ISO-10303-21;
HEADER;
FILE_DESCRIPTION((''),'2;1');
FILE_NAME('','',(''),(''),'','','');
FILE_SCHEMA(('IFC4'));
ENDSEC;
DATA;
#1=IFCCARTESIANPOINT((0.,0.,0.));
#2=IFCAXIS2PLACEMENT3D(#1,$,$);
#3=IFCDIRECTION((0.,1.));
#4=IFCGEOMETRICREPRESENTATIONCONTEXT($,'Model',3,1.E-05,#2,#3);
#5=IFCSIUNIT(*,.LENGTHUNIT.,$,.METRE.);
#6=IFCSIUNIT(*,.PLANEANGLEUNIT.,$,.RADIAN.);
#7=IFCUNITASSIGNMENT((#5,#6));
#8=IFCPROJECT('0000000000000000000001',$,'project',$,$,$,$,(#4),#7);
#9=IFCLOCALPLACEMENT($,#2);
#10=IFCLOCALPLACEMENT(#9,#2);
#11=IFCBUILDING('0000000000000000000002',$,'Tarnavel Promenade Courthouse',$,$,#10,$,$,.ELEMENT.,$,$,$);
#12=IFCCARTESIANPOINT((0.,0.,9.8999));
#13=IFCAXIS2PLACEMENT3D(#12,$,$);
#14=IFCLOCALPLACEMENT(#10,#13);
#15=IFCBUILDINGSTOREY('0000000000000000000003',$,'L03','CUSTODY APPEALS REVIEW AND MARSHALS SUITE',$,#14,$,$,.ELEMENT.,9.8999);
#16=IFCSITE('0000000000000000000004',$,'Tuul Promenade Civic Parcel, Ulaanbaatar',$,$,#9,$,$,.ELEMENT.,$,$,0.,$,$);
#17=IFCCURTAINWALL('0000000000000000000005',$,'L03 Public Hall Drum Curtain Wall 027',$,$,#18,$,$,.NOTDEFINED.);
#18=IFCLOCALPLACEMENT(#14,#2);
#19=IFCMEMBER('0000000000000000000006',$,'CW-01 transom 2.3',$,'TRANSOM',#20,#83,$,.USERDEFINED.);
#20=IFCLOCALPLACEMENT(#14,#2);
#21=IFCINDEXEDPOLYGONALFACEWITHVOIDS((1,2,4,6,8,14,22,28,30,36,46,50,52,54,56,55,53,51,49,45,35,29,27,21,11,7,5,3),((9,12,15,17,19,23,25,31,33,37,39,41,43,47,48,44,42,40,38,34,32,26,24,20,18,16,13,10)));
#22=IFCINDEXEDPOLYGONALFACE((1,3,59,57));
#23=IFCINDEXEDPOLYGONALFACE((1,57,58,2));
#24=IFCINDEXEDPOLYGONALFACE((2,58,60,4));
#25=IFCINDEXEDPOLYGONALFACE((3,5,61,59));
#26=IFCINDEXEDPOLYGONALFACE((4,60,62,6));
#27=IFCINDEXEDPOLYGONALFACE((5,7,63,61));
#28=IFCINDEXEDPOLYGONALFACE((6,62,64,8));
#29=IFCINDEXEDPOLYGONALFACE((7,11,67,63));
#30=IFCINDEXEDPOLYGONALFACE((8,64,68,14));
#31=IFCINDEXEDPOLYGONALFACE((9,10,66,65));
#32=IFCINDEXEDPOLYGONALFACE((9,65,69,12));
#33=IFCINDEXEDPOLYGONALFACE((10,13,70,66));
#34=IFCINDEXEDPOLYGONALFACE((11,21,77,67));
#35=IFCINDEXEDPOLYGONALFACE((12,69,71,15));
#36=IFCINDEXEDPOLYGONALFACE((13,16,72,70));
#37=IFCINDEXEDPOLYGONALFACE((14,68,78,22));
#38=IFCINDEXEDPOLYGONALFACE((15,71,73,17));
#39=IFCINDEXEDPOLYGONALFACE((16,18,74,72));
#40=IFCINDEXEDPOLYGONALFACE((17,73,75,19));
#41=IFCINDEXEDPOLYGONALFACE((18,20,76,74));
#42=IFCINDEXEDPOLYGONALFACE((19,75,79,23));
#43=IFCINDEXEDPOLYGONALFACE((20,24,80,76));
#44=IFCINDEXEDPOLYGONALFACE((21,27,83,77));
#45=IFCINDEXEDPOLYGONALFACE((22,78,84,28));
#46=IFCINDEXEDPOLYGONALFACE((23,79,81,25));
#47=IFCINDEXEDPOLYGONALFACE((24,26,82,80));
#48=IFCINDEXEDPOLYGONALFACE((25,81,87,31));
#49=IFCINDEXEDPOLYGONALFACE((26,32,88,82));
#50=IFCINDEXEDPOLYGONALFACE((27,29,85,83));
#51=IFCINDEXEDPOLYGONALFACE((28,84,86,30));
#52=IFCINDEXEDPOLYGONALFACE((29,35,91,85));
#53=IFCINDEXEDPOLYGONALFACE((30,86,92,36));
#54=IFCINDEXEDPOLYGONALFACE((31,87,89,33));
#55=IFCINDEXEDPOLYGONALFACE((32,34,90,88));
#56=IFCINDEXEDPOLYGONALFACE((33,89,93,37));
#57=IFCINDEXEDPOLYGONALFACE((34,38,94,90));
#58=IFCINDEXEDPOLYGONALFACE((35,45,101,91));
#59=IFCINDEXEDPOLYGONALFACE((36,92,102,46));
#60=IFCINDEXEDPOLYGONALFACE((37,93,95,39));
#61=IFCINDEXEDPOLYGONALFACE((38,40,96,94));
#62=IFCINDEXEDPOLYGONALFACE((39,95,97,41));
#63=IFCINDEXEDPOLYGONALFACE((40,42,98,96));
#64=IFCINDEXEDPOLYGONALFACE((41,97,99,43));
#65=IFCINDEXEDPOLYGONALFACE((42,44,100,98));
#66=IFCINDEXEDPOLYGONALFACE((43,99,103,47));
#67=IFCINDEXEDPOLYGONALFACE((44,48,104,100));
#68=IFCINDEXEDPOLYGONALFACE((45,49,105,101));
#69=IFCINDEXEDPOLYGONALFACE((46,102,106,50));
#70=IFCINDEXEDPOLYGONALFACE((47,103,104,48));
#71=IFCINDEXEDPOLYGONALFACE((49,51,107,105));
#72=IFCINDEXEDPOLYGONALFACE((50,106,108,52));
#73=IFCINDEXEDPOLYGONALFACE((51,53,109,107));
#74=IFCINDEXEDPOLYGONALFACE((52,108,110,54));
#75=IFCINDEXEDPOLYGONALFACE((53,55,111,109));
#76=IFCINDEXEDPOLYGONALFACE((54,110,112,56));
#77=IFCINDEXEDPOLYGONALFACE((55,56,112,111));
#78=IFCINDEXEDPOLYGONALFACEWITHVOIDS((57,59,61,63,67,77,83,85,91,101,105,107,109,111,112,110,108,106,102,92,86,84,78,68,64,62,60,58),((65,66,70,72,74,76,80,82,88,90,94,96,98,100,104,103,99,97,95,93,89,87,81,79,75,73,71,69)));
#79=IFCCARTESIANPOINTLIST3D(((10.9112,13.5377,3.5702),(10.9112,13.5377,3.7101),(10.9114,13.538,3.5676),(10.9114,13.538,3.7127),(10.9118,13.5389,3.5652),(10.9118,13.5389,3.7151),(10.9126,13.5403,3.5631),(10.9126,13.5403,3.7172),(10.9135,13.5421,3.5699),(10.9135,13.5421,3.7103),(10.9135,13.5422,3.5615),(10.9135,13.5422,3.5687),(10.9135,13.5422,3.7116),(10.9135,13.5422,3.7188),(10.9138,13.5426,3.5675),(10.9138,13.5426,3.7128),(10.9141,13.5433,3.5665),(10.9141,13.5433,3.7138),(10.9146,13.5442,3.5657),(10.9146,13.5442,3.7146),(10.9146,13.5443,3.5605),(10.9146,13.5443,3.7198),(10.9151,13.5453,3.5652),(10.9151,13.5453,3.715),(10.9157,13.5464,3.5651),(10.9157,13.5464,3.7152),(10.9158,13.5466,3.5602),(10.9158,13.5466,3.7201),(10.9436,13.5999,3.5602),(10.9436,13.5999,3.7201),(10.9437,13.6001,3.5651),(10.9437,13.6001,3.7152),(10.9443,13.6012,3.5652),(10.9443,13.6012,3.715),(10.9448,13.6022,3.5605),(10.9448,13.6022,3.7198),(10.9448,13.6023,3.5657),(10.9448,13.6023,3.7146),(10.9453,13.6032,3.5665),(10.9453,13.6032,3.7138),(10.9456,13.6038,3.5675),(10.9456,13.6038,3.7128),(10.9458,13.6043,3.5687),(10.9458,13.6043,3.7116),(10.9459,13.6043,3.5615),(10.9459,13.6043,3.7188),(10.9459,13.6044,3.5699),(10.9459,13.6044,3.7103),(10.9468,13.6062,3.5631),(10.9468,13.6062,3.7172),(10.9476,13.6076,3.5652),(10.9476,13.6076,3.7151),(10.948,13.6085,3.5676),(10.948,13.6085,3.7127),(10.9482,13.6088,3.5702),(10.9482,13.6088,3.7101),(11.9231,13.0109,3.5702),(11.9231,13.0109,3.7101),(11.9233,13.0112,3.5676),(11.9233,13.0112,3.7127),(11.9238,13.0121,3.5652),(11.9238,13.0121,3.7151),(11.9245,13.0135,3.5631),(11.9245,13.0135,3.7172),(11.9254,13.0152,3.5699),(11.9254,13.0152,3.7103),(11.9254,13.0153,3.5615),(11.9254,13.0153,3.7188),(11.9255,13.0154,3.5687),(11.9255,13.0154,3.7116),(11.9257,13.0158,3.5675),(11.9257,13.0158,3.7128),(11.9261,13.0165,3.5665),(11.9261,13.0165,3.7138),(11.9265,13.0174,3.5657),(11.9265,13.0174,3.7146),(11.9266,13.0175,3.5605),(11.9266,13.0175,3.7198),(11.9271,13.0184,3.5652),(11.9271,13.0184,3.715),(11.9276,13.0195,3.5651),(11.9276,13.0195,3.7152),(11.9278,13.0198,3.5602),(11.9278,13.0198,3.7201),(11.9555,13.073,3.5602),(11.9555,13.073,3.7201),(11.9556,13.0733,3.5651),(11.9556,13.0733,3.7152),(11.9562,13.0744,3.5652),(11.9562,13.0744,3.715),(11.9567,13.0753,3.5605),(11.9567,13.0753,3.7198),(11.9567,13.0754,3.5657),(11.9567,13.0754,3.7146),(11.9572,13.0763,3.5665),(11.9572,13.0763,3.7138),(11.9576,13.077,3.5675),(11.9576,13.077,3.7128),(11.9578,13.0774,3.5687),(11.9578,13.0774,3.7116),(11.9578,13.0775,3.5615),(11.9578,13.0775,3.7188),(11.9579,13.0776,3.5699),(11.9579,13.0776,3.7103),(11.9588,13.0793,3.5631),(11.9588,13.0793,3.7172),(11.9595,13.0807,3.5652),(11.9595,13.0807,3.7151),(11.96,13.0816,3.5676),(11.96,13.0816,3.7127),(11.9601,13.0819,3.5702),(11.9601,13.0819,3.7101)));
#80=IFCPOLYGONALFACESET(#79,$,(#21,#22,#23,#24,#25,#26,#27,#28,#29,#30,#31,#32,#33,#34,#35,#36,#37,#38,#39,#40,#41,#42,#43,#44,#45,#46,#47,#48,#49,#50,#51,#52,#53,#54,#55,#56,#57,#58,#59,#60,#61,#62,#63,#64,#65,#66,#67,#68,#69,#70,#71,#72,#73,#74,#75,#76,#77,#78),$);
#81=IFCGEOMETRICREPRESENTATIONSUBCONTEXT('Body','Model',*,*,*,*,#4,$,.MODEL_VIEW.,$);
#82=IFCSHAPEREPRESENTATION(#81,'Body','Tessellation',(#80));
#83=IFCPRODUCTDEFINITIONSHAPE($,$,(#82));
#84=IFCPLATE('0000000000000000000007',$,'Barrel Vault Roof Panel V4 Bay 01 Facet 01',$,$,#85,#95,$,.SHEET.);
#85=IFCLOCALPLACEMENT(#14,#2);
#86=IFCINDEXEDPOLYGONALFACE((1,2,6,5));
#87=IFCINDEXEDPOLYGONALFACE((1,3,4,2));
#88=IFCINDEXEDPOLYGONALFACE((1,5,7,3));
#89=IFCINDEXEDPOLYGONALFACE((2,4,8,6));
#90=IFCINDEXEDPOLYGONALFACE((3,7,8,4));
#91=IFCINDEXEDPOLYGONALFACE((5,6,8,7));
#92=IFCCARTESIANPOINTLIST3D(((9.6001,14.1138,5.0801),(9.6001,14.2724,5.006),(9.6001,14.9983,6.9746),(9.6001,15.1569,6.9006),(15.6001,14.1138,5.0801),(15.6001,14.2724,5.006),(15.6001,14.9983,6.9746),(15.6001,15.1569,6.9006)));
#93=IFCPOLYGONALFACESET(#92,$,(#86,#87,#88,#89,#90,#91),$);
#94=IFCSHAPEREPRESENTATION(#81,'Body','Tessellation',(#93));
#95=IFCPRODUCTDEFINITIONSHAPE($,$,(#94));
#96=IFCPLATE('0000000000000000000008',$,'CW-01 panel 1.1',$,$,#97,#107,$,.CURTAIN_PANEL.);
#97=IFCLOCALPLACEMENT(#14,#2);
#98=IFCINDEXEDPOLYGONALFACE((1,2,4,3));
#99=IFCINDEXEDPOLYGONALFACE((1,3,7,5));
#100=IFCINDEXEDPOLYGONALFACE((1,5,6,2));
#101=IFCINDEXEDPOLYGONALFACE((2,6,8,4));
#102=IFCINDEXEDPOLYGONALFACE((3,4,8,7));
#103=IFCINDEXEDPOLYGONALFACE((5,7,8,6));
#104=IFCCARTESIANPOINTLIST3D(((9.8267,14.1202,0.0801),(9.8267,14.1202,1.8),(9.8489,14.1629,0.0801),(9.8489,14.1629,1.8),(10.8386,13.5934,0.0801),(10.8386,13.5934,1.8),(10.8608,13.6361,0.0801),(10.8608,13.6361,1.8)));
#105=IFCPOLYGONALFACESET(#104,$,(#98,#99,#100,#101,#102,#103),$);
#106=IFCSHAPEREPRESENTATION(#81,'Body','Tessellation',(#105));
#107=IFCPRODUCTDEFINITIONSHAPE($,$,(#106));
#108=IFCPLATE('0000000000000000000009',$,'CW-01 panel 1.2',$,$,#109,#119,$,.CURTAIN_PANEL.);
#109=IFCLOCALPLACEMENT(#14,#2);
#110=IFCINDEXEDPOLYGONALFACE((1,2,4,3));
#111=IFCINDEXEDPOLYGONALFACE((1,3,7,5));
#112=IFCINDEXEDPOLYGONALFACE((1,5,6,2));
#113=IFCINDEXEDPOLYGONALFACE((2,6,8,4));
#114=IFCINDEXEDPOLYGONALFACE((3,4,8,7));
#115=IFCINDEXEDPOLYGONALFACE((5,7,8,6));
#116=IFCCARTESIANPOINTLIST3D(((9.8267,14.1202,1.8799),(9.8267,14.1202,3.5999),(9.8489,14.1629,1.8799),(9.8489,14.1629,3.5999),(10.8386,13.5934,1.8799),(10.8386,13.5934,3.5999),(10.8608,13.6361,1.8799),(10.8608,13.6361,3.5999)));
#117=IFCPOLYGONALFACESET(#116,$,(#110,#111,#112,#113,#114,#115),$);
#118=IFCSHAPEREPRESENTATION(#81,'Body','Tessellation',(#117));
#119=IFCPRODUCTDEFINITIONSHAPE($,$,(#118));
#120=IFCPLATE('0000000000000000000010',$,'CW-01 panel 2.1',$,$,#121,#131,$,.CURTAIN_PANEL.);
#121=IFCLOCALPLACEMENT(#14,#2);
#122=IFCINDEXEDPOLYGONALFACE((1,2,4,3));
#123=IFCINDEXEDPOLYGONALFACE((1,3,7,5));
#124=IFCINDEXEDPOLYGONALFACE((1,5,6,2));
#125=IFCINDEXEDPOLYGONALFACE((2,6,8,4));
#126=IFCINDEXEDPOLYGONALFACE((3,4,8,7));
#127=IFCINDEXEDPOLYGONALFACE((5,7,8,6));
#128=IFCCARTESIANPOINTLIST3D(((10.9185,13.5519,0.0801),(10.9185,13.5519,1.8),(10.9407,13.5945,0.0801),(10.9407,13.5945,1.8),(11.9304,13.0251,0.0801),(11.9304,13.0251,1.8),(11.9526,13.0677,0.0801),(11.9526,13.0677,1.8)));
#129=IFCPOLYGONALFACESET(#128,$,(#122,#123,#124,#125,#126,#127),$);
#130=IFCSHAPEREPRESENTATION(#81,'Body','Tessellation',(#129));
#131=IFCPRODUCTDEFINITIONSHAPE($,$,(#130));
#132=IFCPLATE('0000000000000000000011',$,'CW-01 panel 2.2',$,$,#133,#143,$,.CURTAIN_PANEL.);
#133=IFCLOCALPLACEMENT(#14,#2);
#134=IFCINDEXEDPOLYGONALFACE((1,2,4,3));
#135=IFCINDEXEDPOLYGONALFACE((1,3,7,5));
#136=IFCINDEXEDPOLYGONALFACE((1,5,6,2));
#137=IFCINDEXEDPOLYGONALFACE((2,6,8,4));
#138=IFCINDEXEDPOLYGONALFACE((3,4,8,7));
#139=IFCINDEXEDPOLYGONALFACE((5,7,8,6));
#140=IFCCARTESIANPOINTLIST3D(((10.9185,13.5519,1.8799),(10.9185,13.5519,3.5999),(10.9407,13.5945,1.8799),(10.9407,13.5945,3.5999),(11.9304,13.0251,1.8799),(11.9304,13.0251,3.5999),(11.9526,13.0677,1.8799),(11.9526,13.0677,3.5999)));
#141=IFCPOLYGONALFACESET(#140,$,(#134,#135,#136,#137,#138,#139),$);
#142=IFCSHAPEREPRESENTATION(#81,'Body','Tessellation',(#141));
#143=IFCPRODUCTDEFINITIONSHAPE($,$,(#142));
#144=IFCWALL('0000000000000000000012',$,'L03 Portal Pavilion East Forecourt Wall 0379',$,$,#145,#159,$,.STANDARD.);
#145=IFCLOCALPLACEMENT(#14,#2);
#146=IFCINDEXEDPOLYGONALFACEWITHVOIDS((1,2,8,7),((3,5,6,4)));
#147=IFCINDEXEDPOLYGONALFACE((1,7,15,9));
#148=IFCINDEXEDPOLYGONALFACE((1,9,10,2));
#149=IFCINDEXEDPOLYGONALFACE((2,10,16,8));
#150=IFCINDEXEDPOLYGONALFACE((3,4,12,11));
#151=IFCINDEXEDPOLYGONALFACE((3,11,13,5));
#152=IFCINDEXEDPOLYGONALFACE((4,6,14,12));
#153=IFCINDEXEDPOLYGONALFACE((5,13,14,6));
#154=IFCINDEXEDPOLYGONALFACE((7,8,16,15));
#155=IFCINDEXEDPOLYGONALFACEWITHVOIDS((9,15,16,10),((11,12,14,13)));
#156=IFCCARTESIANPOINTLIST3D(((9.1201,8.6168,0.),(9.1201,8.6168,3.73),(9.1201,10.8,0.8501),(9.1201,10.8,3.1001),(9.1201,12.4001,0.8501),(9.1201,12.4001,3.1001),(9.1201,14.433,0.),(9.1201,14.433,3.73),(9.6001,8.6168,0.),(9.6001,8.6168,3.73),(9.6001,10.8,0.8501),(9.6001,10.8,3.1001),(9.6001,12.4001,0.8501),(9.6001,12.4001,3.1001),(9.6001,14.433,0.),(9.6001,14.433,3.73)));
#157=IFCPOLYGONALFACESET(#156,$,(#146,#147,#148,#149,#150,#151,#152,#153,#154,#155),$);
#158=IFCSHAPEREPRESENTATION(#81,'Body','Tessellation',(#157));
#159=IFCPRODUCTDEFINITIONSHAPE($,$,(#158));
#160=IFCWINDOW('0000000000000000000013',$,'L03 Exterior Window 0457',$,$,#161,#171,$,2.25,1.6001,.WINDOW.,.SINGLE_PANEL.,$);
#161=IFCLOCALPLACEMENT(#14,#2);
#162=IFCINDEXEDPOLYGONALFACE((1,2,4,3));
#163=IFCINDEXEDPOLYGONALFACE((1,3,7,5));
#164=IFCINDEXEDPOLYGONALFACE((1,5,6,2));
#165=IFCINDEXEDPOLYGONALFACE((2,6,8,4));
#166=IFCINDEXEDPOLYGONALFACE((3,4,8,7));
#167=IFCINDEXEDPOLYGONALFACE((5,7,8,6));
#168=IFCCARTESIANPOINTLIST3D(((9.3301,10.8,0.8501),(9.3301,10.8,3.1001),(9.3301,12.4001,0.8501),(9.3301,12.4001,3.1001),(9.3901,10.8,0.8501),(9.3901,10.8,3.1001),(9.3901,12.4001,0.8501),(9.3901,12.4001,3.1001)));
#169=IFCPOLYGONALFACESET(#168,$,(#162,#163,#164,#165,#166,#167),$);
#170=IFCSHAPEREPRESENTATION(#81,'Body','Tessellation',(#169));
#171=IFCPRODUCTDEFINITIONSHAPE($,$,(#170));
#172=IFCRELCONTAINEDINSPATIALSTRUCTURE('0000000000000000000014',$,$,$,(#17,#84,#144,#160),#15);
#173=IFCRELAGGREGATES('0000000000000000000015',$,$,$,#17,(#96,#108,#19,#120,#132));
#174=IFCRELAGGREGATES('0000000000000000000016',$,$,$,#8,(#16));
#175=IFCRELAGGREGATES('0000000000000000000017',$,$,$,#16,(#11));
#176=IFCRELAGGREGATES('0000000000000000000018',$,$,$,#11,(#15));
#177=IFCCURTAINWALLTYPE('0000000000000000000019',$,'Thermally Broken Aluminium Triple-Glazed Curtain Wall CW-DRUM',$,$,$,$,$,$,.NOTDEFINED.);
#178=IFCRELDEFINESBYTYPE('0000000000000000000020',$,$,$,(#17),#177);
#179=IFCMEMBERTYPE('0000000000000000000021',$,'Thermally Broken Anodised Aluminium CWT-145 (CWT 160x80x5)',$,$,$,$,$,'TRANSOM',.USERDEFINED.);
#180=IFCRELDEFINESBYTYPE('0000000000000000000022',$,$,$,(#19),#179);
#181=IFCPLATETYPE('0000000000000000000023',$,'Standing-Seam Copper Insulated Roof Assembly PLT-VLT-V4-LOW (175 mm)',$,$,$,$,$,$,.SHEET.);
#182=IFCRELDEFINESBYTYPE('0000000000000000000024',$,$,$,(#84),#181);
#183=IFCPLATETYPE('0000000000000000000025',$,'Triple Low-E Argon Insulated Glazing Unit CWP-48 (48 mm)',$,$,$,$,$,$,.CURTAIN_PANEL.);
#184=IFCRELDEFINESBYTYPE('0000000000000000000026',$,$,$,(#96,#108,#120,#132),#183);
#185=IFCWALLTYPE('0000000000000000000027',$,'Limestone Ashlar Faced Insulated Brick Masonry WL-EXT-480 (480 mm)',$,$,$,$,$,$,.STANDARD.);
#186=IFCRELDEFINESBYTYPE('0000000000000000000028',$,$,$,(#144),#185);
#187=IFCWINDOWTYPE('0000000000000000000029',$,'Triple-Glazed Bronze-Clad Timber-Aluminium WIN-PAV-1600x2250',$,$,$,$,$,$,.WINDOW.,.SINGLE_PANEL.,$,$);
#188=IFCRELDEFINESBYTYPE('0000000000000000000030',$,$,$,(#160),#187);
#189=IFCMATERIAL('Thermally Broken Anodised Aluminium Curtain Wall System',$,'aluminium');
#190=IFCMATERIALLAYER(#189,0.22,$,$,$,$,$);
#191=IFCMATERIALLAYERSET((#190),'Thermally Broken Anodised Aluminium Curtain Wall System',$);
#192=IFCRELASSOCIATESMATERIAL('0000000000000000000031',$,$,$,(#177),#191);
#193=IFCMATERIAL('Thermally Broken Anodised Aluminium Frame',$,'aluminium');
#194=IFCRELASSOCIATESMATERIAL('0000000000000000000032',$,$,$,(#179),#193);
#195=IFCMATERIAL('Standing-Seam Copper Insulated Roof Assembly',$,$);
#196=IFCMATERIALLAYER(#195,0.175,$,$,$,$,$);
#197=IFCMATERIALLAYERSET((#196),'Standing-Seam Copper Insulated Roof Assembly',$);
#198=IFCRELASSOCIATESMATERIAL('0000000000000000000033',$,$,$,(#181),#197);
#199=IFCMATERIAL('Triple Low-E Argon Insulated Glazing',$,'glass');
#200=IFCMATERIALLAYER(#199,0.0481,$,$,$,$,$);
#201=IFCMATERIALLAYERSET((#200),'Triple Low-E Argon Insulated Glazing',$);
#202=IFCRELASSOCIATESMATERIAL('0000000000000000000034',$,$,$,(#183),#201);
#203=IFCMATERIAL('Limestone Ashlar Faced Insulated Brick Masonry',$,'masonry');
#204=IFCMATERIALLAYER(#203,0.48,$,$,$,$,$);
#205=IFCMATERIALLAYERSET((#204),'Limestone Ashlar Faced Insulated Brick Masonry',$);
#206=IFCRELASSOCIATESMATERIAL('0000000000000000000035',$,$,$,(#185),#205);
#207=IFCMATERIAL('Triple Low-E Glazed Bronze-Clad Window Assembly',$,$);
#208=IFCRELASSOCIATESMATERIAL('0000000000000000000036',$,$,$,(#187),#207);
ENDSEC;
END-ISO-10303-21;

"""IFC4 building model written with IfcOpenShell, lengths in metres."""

from ifc_helpers import new_model, si_unit, direction, frame, frame_2d, origin, origin_2d, place, context, subcontext, project, spatial, polyline, rectangle, hollow_rectangle, outline, extrude, material, layer, layer_set, material_profile, profile_set, type_object, element, fill, aggregate, save


model = new_model("IFC4")

# Units and contexts
model_context = context("Model", 3, precision=1e-05, world=origin(), true_north=direction((0.0, 1.0)))
body_context = subcontext(model_context, "Body", "Model", "MODEL_VIEW")
ifc_project = project(units=[si_unit("LENGTHUNIT", "METRE"), si_unit("PLANEANGLEUNIT", "RADIAN")], contexts=[model_context])

# Site, building, storey
site_placement = place(None, origin())
site = spatial("IfcSite", under=ifc_project, at=site_placement, Name="Tuul Promenade Civic Parcel, Ulaanbaatar", CompositionType="ELEMENT", RefElevation=0.0)
building_placement = place(site_placement, origin())
building = spatial("IfcBuilding", under=site, at=building_placement, Name="Tarnavel Promenade Courthouse", CompositionType="ELEMENT")
storey_placement = place(building_placement, frame((0.0, 0.0, 9.8999)))
storey = spatial("IfcBuildingStorey", under=building, at=storey_placement, Name="L03", Description="CUSTODY APPEALS REVIEW AND MARSHALS SUITE", CompositionType="ELEMENT", Elevation=9.8999)

# Curtain wall, member
ifc_material_1 = material(Name="Thermally Broken Anodised Aluminium Curtain Wall System", Category="aluminium")
ifc_layer_1 = layer(ifc_material_1, 0.22)
ifc_layer_set_1 = layer_set([ifc_layer_1], Name="Thermally Broken Anodised Aluminium Curtain Wall System")
curtain_wall_type = type_object("IfcCurtainWallType", Name="Thermally Broken Aluminium Triple-Glazed Curtain Wall CW-DRUM", PredefinedType="NOTDEFINED", material=ifc_layer_set_1)
curtain_wall_placement = place(storey_placement, origin())
curtain_wall = element("IfcCurtainWall", 1, at=curtain_wall_placement, inside=storey, type_object=curtain_wall_type, Name="L03 Public Hall Drum Curtain Wall 027", PredefinedType="NOTDEFINED")
ifc_material_2 = material(Name="Thermally Broken Anodised Aluminium Frame", Category="aluminium")
ifc_material_profile_1 = material_profile(ifc_material_2, hollow_rectangle(XDim=0.0801, YDim=0.1599, WallThickness=0.0049, InnerFilletRadius=0.0049, OuterFilletRadius=0.01, at=origin_2d()), Name="CWT 160x80x5")
ifc_profile_set_1 = profile_set([ifc_material_profile_1], Name="Thermally Broken Anodised Aluminium Frame")
member_type_1 = type_object("IfcMemberType", Name="Thermally Broken Anodised Aluminium CWT-145 (CWT 160x80x5)", ElementType="TRANSOM", PredefinedType="USERDEFINED", material=ifc_profile_set_1)
member_1_placement = place(storey_placement, frame((10.9297, 13.5732, 3.6401), z_axis=(0.886989, -0.461791, 0.0), x_axis=(0.461791, 0.886989, 0.0)))
member_1 = element("IfcMember", 2, at=member_1_placement, type_object=member_type_1, Name="CW-01 transom 2.3", ObjectType="TRANSOM", PredefinedType="USERDEFINED", context=body_context, shape_type="SweptSolid", body=[
    extrude(hollow_rectangle(XDim=0.0801, YDim=0.1599, WallThickness=0.0049, InnerFilletRadius=0.0049, OuterFilletRadius=0.01, at=origin_2d()), origin(), (0.0, 0.0, 1.0), 1.1409),
])

# Plates
ifc_material_3 = material(Name="Standing-Seam Copper Insulated Roof Assembly")
ifc_layer_2 = layer(ifc_material_3, 0.175)
ifc_layer_set_2 = layer_set([ifc_layer_2], Name="Standing-Seam Copper Insulated Roof Assembly")
plate_type_1 = type_object("IfcPlateType", Name="Standing-Seam Copper Insulated Roof Assembly PLT-VLT-V4-LOW (175 mm)", PredefinedType="SHEET", material=ifc_layer_set_2)
plate_1_placement = place(storey_placement, frame((9.6001, 14.1138, 5.0801), z_axis=(0.0, -0.906109, 0.423045), x_axis=(1.0, 0.0, 0.0)))
element("IfcPlate", 3, at=plate_1_placement, inside=storey, type_object=plate_type_1, Name="Barrel Vault Roof Panel V4 Bay 01 Facet 01", PredefinedType="SHEET", context=body_context, shape_type="SweptSolid", body=[
    extrude(outline(polyline([(0.0, 0.0), (6.0, 0.0), (6.0, 2.0908), (0.0, 2.0908), (0.0, 0.0)])), origin(), (0.0, 0.0, -1.0), 0.175),
])
ifc_material_4 = material(Name="Triple Low-E Argon Insulated Glazing", Category="glass")
ifc_layer_3 = layer(ifc_material_4, 0.0481)
ifc_layer_set_3 = layer_set([ifc_layer_3], Name="Triple Low-E Argon Insulated Glazing")
plate_type_2 = type_object("IfcPlateType", Name="Triple Low-E Argon Insulated Glazing Unit CWP-48 (48 mm)", PredefinedType="CURTAIN_PANEL", material=ifc_layer_set_3)
plate_2_placement = place(storey_placement, frame((10.3438, 13.8782, 0.0801), z_axis=(0.0, 0.0, 1.0), x_axis=(0.88701, -0.461749, 0.0)))
plate_2 = element("IfcPlate", 4, at=plate_2_placement, type_object=plate_type_2, Name="CW-01 panel 1.1", PredefinedType="CURTAIN_PANEL", context=body_context, shape_type="SweptSolid", body=[
    extrude(rectangle(XDim=1.1409, YDim=0.0481, at=origin_2d()), origin(), (0.0, 0.0, 1.0), 1.72),
])
plate_3_placement = place(storey_placement, frame((10.3438, 13.8782, 1.8799), z_axis=(0.0, 0.0, 1.0), x_axis=(0.88701, -0.461749, 0.0)))
plate_3 = element("IfcPlate", 5, at=plate_3_placement, type_object=plate_type_2, Name="CW-01 panel 1.2", PredefinedType="CURTAIN_PANEL", context=body_context, shape_type="SweptSolid", body=[
    extrude(rectangle(XDim=1.1409, YDim=0.0481, at=origin_2d()), origin(), (0.0, 0.0, 1.0), 1.72),
])
plate_4_placement = place(storey_placement, frame((11.4355, 13.3098, 0.0801), z_axis=(0.0, 0.0, 1.0), x_axis=(0.88701, -0.461749, 0.0)))
plate_4 = element("IfcPlate", 6, at=plate_4_placement, type_object=plate_type_2, Name="CW-01 panel 2.1", PredefinedType="CURTAIN_PANEL", context=body_context, shape_type="SweptSolid", body=[
    extrude(rectangle(XDim=1.1409, YDim=0.0481, at=origin_2d()), origin(), (0.0, 0.0, 1.0), 1.72),
])
plate_5_placement = place(storey_placement, frame((11.4355, 13.3098, 1.8799), z_axis=(0.0, 0.0, 1.0), x_axis=(0.88701, -0.461749, 0.0)))
plate_5 = element("IfcPlate", 7, at=plate_5_placement, type_object=plate_type_2, Name="CW-01 panel 2.2", PredefinedType="CURTAIN_PANEL", context=body_context, shape_type="SweptSolid", body=[
    extrude(rectangle(XDim=1.1409, YDim=0.0481, at=origin_2d()), origin(), (0.0, 0.0, 1.0), 1.72),
])
aggregate(curtain_wall, [plate_2, plate_3, member_1, plate_4, plate_5])

# Wall, opening, window
ifc_material_5 = material(Name="Limestone Ashlar Faced Insulated Brick Masonry", Category="masonry")
ifc_layer_4 = layer(ifc_material_5, 0.48)
ifc_layer_set_4 = layer_set([ifc_layer_4], Name="Limestone Ashlar Faced Insulated Brick Masonry")
wall_type = type_object("IfcWallType", Name="Limestone Ashlar Faced Insulated Brick Masonry WL-EXT-480 (480 mm)", PredefinedType="STANDARD", material=ifc_layer_set_4)
wall_placement = place(storey_placement, frame((9.3601, 14.4331, 0.0), z_axis=(0.0, 0.0, 1.0), x_axis=(0.0, -1.0, 0.0)))
wall = element("IfcWall", 8, at=wall_placement, inside=storey, type_object=wall_type, Name="L03 Portal Pavilion East Forecourt Wall 0379", PredefinedType="STANDARD", context=body_context, shape_type="SweptSolid", body=[
    extrude(rectangle(XDim=5.8162, YDim=0.48, at=frame_2d((2.9082, 0.0))), origin(), (0.0, 0.0, 1.0), 3.73),
])
opening_placement = place(wall_placement, frame((2.033, 0.0, 0.8501)))
opening = element("IfcOpeningElement", 9, at=opening_placement, cuts=wall, PredefinedType="OPENING", context=body_context, shape_type="SweptSolid", body=[
    extrude(rectangle(XDim=1.6001, YDim=2.25, at=frame_2d((0.8, 1.125))), frame((0.0, 0.25, 0.0), z_axis=(0.0, -1.0, 0.0), x_axis=(1.0, 0.0, 0.0)), (0.0, 0.0, 1.0), 0.5),
])
ifc_material_6 = material(Name="Triple Low-E Glazed Bronze-Clad Window Assembly")
window_type = type_object("IfcWindowType", Name="Triple-Glazed Bronze-Clad Timber-Aluminium WIN-PAV-1600x2250", PartitioningType="SINGLE_PANEL", PredefinedType="WINDOW", material=ifc_material_6)
window_placement = place(opening_placement, origin())
window = element("IfcWindow", 10, at=window_placement, inside=storey, type_object=window_type, Name="L03 Exterior Window 0457", OverallHeight=2.25, OverallWidth=1.6001, PartitioningType="SINGLE_PANEL", PredefinedType="WINDOW", context=body_context, shape_type="SweptSolid", body=[
    extrude(rectangle(XDim=1.6001, YDim=2.25, at=frame_2d((0.8, 1.125))), frame((0.0, 0.03, 0.0), z_axis=(0.0, -1.0, 0.0), x_axis=(1.0, 0.0, 0.0)), (0.0, 0.0, 1.0), 0.0601),
])
fill(opening, window)

save(model, "model.ifc")
